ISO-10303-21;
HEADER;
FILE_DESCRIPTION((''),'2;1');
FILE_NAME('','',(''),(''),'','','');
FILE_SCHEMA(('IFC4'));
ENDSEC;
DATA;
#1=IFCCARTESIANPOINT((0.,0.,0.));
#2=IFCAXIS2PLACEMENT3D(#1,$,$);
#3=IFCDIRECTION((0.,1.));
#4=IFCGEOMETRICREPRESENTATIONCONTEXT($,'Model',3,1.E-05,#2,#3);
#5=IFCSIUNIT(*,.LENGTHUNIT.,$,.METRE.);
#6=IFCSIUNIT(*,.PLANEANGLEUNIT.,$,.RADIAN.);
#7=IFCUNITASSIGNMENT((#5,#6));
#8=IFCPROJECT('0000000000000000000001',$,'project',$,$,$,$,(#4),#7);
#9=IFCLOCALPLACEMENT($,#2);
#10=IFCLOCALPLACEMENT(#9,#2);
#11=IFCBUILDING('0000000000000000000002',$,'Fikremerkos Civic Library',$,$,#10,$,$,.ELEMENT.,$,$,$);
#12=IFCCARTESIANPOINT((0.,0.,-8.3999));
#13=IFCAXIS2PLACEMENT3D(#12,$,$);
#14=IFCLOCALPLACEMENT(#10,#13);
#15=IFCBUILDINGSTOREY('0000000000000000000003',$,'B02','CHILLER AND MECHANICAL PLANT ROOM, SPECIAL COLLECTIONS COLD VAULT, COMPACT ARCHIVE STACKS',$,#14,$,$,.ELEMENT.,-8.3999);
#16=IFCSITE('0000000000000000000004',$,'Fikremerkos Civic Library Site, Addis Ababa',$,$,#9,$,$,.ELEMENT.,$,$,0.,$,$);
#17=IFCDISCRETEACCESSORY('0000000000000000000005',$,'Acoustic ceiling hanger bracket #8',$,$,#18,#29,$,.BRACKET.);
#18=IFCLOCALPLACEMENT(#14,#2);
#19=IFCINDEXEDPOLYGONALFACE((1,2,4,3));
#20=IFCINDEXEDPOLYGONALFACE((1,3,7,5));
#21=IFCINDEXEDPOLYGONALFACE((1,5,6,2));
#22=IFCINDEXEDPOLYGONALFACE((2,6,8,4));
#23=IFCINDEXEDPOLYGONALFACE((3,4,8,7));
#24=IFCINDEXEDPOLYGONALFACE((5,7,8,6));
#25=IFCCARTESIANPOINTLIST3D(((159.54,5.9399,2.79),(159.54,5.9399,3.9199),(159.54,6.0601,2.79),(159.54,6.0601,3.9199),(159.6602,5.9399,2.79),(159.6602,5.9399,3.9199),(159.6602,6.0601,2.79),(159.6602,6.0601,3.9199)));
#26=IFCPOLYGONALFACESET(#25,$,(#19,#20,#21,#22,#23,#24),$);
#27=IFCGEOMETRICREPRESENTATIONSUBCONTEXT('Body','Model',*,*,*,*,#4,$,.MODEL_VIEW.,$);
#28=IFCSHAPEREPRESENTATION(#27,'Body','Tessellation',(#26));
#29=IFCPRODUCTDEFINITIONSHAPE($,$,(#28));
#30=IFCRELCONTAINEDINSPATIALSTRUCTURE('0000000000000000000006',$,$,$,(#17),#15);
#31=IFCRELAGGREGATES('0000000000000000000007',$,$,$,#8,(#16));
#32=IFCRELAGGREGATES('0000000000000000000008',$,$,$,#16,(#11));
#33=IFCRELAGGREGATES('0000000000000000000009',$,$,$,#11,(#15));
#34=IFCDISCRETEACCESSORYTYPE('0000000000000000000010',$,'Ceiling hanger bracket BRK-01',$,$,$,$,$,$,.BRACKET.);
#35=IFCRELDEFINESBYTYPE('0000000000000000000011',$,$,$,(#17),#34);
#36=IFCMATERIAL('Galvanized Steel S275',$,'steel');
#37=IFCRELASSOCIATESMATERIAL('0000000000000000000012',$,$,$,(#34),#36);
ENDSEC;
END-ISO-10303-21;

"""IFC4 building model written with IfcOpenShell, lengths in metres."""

from ifc_helpers import new_model, si_unit, direction, frame, origin, origin_2d, place, context, subcontext, project, spatial, rectangle, extrude, material, type_object, element, save


model = new_model("IFC4")

# Units and contexts
model_context = context("Model", 3, precision=1e-05, world=origin(), true_north=direction((0.0, 1.0)))
body_context = subcontext(model_context, "Body", "Model", "MODEL_VIEW")
ifc_project = project(units=[si_unit("LENGTHUNIT", "METRE"), si_unit("PLANEANGLEUNIT", "RADIAN")], contexts=[model_context])

# Site, building, storey
site_placement = place(None, origin())
site = spatial("IfcSite", under=ifc_project, at=site_placement, Name="Fikremerkos Civic Library Site, Addis Ababa", CompositionType="ELEMENT", RefElevation=0.0)
building_placement = place(site_placement, origin())
building = spatial("IfcBuilding", under=site, at=building_placement, Name="Fikremerkos Civic Library", CompositionType="ELEMENT")
storey_placement = place(building_placement, frame((0.0, 0.0, -8.3999)))
storey = spatial("IfcBuildingStorey", under=building, at=storey_placement, Name="B02", Description="CHILLER AND MECHANICAL PLANT ROOM, SPECIAL COLLECTIONS COLD VAULT, COMPACT ARCHIVE STACKS", CompositionType="ELEMENT", Elevation=-8.3999)

# Discrete accessory
ifc_material_1 = material(Name="Galvanized Steel S275", Category="steel")
discrete_accessory_type = type_object("IfcDiscreteAccessoryType", Name="Ceiling hanger bracket BRK-01", PredefinedType="BRACKET", material=ifc_material_1)
discrete_accessory_placement = place(storey_placement, frame((159.6001, 6.0, 2.79), z_axis=(0.0, 0.0, 1.0), x_axis=(1.0, 0.0, 0.0)))
element("IfcDiscreteAccessory", 1, at=discrete_accessory_placement, inside=storey, type_object=discrete_accessory_type, Name="Acoustic ceiling hanger bracket #8", PredefinedType="BRACKET", context=body_context, shape_type="SweptSolid", body=[
    extrude(rectangle(XDim=0.1201, YDim=0.1201, at=origin_2d()), origin(), (0.0, 0.0, 1.0), 1.1299),
])

save(model, "model.ifc")
